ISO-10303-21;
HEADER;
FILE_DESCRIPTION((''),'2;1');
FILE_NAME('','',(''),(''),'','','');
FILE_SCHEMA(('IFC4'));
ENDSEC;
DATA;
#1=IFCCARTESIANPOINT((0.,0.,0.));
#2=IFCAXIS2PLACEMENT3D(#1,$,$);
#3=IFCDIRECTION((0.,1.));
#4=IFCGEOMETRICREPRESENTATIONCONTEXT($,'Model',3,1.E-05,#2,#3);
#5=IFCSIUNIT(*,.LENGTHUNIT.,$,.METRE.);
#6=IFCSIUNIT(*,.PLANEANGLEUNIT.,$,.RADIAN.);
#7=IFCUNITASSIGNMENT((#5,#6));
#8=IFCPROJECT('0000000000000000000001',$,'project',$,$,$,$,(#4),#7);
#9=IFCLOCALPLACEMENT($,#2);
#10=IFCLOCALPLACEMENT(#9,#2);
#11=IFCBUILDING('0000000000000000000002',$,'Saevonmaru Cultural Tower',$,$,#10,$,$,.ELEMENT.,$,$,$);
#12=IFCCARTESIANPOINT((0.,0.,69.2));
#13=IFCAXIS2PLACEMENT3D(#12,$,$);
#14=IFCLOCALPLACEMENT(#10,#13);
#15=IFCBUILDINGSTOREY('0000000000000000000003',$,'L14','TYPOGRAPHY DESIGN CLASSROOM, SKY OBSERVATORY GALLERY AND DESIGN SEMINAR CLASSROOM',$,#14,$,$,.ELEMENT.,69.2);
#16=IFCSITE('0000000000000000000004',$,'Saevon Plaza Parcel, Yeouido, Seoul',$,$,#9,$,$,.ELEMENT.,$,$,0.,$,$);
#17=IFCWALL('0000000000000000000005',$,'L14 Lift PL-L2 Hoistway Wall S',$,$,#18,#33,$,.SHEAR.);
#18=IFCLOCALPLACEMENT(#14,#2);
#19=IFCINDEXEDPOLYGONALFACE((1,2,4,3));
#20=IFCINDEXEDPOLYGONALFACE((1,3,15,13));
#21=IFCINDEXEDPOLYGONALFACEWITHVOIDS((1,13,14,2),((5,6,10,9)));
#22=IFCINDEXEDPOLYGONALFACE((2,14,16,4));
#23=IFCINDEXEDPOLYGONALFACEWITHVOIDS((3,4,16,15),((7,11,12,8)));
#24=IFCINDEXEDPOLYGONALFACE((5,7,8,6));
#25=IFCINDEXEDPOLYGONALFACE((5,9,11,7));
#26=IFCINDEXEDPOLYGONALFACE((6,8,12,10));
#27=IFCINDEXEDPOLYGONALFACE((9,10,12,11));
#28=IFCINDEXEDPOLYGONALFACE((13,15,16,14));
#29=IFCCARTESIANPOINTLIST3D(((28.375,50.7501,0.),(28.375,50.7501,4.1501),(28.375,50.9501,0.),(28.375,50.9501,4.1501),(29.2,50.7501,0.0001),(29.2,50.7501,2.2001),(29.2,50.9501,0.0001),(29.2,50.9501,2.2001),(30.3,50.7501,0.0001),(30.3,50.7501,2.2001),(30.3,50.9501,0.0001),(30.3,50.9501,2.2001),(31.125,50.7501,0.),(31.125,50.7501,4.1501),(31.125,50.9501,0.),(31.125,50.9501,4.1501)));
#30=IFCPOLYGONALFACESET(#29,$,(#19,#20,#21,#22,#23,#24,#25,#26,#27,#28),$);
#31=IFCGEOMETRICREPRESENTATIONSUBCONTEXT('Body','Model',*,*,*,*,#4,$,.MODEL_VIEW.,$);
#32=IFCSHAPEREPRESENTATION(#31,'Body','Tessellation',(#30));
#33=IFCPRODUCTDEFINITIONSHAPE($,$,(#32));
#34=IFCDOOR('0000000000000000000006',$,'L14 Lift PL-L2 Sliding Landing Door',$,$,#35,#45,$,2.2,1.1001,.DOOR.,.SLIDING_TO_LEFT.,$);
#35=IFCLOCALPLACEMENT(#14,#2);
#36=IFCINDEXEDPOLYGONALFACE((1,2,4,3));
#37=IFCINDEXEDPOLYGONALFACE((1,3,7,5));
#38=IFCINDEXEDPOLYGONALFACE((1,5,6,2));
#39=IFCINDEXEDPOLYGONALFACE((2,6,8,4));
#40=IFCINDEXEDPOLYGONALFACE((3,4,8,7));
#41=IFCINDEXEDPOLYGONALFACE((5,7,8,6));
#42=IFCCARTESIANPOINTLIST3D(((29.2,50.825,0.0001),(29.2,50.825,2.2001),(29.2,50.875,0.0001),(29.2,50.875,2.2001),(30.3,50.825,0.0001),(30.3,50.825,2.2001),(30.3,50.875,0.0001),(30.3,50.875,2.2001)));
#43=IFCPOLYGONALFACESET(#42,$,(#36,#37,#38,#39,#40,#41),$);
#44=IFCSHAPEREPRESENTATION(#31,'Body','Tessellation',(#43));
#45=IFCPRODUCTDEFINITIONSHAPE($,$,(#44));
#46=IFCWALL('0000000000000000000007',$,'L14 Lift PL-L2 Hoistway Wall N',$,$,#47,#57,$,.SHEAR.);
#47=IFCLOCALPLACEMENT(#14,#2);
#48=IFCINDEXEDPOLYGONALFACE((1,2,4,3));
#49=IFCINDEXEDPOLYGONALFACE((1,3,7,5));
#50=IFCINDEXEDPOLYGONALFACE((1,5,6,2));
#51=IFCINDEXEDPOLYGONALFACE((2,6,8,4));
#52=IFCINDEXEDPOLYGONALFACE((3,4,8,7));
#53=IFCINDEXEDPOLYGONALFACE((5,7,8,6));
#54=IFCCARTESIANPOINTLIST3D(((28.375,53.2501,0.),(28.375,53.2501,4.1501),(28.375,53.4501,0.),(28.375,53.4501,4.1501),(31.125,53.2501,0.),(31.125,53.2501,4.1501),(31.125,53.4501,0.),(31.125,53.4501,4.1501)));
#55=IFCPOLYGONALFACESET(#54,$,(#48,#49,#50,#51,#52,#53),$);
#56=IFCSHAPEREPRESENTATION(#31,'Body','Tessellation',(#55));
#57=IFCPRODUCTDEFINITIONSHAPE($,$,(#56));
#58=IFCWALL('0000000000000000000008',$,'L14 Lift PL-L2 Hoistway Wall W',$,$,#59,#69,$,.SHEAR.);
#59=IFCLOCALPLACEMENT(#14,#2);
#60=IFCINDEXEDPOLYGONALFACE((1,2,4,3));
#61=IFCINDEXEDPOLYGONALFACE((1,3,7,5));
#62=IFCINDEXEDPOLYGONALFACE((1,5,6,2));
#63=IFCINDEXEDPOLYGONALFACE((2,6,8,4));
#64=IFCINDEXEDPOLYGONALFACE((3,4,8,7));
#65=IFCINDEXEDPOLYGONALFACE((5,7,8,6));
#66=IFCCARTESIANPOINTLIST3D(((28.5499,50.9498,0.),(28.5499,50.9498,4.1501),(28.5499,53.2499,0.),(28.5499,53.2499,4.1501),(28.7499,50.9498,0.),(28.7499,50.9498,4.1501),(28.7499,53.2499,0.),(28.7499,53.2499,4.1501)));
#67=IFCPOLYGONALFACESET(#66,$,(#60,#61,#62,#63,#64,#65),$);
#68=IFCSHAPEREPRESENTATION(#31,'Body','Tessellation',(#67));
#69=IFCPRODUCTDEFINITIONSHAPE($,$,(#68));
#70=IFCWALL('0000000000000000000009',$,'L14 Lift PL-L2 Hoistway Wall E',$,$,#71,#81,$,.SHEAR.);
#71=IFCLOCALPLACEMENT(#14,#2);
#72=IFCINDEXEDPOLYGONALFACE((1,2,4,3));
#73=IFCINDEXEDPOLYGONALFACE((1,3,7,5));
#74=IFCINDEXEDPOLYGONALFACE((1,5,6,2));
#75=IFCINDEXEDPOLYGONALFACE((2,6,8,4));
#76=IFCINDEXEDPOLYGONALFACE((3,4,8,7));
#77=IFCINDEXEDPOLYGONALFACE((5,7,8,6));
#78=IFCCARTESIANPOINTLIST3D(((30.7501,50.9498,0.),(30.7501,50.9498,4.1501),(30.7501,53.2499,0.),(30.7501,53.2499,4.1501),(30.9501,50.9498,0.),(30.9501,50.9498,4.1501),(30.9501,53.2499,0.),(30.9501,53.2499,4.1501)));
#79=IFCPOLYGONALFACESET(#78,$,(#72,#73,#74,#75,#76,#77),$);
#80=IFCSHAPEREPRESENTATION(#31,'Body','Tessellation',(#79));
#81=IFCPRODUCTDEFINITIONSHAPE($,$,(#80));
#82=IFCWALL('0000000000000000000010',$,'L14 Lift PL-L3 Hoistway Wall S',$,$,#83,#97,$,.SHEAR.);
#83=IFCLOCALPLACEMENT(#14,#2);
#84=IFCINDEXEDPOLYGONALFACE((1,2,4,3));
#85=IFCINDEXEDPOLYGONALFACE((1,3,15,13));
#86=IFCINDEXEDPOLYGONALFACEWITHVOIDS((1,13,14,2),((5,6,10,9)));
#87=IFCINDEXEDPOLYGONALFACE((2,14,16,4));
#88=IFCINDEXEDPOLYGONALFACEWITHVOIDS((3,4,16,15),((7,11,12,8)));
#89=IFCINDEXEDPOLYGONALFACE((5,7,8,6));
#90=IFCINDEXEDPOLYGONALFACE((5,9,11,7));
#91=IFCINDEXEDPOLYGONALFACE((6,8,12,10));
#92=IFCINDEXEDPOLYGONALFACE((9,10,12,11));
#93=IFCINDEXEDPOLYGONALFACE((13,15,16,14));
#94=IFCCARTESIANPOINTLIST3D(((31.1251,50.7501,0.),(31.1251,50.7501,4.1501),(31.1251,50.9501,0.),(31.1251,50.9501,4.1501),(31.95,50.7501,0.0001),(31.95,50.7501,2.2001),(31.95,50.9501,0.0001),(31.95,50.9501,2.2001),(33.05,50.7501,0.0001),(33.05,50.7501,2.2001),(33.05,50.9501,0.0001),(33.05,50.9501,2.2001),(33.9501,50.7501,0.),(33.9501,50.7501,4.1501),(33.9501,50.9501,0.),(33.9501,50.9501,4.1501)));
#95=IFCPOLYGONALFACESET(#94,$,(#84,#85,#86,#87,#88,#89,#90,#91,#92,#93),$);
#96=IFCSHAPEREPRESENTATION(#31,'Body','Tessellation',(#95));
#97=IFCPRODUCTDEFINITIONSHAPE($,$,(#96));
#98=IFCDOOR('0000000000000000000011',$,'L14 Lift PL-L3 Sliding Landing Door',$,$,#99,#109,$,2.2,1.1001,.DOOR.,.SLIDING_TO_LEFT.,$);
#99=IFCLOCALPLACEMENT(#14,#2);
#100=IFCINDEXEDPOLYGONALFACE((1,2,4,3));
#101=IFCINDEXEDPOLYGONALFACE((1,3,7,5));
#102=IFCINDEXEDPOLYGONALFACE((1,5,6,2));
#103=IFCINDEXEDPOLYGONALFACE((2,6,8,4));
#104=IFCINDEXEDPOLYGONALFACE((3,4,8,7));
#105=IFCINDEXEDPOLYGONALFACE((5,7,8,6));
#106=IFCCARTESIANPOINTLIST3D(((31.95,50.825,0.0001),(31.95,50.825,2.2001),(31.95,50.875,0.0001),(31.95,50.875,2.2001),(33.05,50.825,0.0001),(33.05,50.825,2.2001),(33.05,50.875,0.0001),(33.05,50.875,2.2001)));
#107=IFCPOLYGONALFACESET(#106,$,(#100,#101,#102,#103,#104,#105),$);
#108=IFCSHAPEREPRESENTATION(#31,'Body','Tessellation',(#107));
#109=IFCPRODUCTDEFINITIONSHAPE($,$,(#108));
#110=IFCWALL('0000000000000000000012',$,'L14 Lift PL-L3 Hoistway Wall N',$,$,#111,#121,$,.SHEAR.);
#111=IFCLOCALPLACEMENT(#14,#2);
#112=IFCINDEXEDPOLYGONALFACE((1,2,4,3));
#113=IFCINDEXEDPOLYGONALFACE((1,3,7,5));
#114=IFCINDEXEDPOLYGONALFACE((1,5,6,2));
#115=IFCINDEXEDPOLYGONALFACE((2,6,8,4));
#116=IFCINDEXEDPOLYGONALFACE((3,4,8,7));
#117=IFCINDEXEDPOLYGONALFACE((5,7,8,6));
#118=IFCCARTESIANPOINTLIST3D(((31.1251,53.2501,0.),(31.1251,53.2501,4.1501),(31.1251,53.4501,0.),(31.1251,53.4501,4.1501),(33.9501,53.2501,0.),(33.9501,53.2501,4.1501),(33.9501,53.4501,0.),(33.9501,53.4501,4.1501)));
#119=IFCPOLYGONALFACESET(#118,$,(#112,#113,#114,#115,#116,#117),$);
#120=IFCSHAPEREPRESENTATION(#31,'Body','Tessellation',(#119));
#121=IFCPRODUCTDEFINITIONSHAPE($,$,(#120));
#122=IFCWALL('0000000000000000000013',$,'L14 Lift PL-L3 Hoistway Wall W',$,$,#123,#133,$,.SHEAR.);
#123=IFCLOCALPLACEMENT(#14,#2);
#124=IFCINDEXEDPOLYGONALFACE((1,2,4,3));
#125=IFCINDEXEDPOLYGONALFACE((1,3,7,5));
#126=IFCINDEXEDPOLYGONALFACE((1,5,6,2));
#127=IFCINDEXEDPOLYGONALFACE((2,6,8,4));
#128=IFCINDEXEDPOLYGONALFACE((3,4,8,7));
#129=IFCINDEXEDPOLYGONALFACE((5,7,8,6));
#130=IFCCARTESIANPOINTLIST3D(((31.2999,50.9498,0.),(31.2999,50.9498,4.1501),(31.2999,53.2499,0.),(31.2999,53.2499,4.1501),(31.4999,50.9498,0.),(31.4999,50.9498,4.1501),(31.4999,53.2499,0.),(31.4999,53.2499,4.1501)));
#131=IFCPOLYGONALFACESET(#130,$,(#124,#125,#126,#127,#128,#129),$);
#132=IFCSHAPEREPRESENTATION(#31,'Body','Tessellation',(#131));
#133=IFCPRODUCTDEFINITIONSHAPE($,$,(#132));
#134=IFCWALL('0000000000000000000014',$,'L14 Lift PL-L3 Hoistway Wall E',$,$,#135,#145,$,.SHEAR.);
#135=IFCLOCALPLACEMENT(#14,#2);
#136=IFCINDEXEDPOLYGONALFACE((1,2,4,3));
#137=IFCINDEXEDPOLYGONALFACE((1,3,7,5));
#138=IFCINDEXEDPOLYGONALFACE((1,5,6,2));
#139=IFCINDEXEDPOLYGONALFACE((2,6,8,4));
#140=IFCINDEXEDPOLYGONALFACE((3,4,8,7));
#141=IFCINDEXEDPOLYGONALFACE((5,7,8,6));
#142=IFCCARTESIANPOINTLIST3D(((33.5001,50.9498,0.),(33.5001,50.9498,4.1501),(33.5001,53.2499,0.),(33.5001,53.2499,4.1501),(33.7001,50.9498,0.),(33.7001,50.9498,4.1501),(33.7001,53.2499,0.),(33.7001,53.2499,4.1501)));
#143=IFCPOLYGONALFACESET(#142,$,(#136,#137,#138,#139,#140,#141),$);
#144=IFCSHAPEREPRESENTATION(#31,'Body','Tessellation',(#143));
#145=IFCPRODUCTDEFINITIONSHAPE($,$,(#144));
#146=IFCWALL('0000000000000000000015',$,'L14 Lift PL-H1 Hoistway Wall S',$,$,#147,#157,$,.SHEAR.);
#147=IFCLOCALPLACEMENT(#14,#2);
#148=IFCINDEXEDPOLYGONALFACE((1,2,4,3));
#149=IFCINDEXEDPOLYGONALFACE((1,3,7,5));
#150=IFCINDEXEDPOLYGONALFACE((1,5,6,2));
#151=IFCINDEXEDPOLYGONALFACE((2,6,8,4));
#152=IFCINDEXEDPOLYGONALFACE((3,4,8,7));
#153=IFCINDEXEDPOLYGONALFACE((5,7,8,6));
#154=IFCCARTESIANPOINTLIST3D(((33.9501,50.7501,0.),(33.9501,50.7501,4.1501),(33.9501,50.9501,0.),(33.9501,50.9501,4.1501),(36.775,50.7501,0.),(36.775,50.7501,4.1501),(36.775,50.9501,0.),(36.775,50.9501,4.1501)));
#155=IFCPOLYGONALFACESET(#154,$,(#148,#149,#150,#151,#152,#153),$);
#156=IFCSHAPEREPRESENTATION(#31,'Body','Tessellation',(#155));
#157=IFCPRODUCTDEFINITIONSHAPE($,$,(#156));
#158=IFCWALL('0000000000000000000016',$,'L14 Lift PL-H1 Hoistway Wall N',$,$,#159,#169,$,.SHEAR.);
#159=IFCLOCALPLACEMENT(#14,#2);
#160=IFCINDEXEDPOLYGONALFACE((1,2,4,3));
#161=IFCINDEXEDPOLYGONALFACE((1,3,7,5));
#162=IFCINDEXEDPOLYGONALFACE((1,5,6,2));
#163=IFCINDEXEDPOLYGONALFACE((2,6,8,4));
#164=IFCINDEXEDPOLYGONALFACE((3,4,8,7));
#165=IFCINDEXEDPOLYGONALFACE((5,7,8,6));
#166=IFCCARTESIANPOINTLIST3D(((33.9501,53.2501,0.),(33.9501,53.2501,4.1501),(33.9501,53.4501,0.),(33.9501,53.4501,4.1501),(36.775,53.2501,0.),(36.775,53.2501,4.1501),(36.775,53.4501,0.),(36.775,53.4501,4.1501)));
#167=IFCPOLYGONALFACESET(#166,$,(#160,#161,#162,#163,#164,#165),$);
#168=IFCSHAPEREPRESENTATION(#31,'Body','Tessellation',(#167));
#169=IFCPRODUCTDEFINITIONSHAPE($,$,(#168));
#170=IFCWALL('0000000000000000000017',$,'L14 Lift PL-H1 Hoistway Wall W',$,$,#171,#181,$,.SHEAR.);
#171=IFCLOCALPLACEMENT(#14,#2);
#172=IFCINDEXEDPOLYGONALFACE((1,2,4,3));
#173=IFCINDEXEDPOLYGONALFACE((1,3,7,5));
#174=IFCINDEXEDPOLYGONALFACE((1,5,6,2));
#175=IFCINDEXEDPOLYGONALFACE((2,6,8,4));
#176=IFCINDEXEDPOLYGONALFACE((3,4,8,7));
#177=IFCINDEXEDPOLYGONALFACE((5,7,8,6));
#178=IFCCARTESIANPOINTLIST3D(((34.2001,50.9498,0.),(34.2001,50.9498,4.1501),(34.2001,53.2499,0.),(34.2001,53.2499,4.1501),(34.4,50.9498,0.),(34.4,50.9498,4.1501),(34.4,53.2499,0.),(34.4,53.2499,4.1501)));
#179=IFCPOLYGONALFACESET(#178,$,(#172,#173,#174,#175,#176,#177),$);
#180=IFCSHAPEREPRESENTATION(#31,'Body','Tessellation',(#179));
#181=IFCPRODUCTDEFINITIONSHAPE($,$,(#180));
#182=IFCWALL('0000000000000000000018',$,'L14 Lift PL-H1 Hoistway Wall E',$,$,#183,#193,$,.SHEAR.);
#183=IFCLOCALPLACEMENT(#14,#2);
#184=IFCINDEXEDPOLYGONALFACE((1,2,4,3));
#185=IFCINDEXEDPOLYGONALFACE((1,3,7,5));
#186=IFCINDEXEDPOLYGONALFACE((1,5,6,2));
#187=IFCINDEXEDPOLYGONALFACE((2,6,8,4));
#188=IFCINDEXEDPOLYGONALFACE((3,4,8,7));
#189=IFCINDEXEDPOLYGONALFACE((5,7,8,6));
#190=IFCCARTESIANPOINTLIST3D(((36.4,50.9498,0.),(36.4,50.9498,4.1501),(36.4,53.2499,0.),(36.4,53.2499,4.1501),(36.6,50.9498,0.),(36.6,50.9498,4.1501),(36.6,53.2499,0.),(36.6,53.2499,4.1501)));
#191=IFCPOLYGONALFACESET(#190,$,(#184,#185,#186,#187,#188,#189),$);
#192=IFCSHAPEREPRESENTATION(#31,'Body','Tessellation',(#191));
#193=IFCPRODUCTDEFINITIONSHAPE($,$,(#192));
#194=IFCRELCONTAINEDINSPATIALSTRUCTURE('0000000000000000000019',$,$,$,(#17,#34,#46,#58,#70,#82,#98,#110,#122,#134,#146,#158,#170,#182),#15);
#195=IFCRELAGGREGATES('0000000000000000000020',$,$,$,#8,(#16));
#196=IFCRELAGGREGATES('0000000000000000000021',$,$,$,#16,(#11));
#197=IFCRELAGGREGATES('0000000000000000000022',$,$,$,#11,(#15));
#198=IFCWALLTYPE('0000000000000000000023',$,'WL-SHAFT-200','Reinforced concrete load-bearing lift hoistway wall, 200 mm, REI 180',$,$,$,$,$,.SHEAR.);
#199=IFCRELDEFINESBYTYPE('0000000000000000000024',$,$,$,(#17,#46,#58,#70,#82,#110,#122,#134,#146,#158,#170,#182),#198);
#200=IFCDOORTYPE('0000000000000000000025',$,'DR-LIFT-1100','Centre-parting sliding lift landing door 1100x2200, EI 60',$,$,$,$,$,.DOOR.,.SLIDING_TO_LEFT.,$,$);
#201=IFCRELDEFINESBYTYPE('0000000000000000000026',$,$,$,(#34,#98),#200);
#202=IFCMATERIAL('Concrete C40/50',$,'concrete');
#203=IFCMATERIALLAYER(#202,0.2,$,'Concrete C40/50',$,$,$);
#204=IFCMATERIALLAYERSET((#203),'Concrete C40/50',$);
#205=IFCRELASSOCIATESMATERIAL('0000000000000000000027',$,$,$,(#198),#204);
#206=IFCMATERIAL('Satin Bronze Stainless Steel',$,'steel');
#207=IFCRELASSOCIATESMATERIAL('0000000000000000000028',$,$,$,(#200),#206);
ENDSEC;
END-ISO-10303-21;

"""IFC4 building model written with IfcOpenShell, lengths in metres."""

from ifc_helpers import new_model, si_unit, direction, frame, frame_2d, origin, place, context, subcontext, project, spatial, rectangle, extrude, material, layer, layer_set, type_object, element, fill, save


model = new_model("IFC4")

# Units and contexts
model_context = context("Model", 3, precision=1e-05, world=origin(), true_north=direction((0.0, 1.0)))
body_context = subcontext(model_context, "Body", "Model", "MODEL_VIEW")
ifc_project = project(units=[si_unit("LENGTHUNIT", "METRE"), si_unit("PLANEANGLEUNIT", "RADIAN")], contexts=[model_context])

# Site, building, storey
site_placement = place(None, origin())
site = spatial("IfcSite", under=ifc_project, at=site_placement, Name="Saevon Plaza Parcel, Yeouido, Seoul", CompositionType="ELEMENT", RefElevation=0.0)
building_placement = place(site_placement, origin())
building = spatial("IfcBuilding", under=site, at=building_placement, Name="Saevonmaru Cultural Tower", CompositionType="ELEMENT")
storey_placement = place(building_placement, frame((0.0, 0.0, 69.2)))
storey = spatial("IfcBuildingStorey", under=building, at=storey_placement, Name="L14", Description="TYPOGRAPHY DESIGN CLASSROOM, SKY OBSERVATORY GALLERY AND DESIGN SEMINAR CLASSROOM", CompositionType="ELEMENT", Elevation=69.2)

# Shared definitions
ifc_material_1 = material(Name="Concrete C40/50", Category="concrete")
ifc_layer_1 = layer(ifc_material_1, 0.2, Name="Concrete C40/50")
ifc_layer_set_1 = layer_set([ifc_layer_1], Name="Concrete C40/50")
wall_type_1 = type_object("IfcWallType", Name="WL-SHAFT-200", Description="Reinforced concrete load-bearing lift hoistway wall, 200 mm, REI 180", PredefinedType="SHEAR", material=ifc_layer_set_1)

# Wall, opening, door
wall_1_placement = place(storey_placement, frame((28.375, 50.8501, 0.0), z_axis=(0.0, 0.0, 1.0), x_axis=(1.0, 0.0, 0.0)))
wall_1 = element("IfcWall", 1, at=wall_1_placement, inside=storey, type_object=wall_type_1, Name="L14 Lift PL-L2 Hoistway Wall S", PredefinedType="SHEAR", context=body_context, shape_type="SweptSolid", body=[
    extrude(rectangle(XDim=2.75, YDim=0.2, at=frame_2d((1.375, 0.0))), origin(), (0.0, 0.0, 1.0), 4.1501),
])
opening_1_placement = place(wall_1_placement, frame((0.825, 0.0, 0.0)))
opening_1 = element("IfcOpeningElement", 2, at=opening_1_placement, cuts=wall_1, PredefinedType="OPENING", context=body_context, shape_type="SweptSolid", body=[
    extrude(rectangle(XDim=1.1001, YDim=2.2, at=frame_2d((0.55, 1.1001))), frame((0.0, 0.1099, 0.0), z_axis=(0.0, -1.0, 0.0), x_axis=(1.0, 0.0, 0.0)), (0.0, 0.0, 1.0), 0.22),
])
ifc_material_2 = material(Name="Satin Bronze Stainless Steel", Category="steel")
door_type_1 = type_object("IfcDoorType", Name="DR-LIFT-1100", Description="Centre-parting sliding lift landing door 1100x2200, EI 60", OperationType="SLIDING_TO_LEFT", PredefinedType="DOOR", material=ifc_material_2)
door_1_placement = place(opening_1_placement, origin())
door_1 = element("IfcDoor", 3, at=door_1_placement, inside=storey, type_object=door_type_1, Name="L14 Lift PL-L2 Sliding Landing Door", OperationType="SLIDING_TO_LEFT", OverallHeight=2.2, OverallWidth=1.1001, PredefinedType="DOOR", context=body_context, shape_type="SweptSolid", body=[
    extrude(rectangle(XDim=1.1001, YDim=2.2, at=frame_2d((0.55, 1.1001))), frame((0.0, 0.0249, 0.0), z_axis=(0.0, -1.0, 0.0), x_axis=(1.0, 0.0, 0.0)), (0.0, 0.0, 1.0), 0.05),
])
fill(opening_1, door_1)

# Walls
wall_2_placement = place(storey_placement, frame((28.375, 53.3501, 0.0), z_axis=(0.0, 0.0, 1.0), x_axis=(1.0, 0.0, 0.0)))
element("IfcWall", 4, at=wall_2_placement, inside=storey, type_object=wall_type_1, Name="L14 Lift PL-L2 Hoistway Wall N", PredefinedType="SHEAR", context=body_context, shape_type="SweptSolid", body=[
    extrude(rectangle(XDim=2.75, YDim=0.2, at=frame_2d((1.375, 0.0))), origin(), (0.0, 0.0, 1.0), 4.1501),
])
for number, where, z_axis, x_axis, name in (
    (5, (28.6499, 50.95, 0.0), (0.0, 0.0, 1.0), (0.0, 1.0, 0.0), "L14 Lift PL-L2 Hoistway Wall W"),
    (6, (30.8501, 50.95, 0.0), (0.0, 0.0, 1.0), (0.0, 1.0, 0.0), "L14 Lift PL-L2 Hoistway Wall E"),
):
    element("IfcWall", number, at=place(storey_placement, frame(where, z_axis=z_axis, x_axis=x_axis)), inside=storey, type_object=wall_type_1, Name=name, PredefinedType="SHEAR", context=body_context, shape_type="SweptSolid", body=[
        extrude(rectangle(XDim=2.3, YDim=0.2, at=frame_2d((1.1499, 0.0))), origin(), (0.0, 0.0, 1.0), 4.1501),
    ])

# Wall, opening, door
wall_3_placement = place(storey_placement, frame((31.125, 50.8501, 0.0), z_axis=(0.0, 0.0, 1.0), x_axis=(1.0, 0.0, 0.0)))
wall_3 = element("IfcWall", 7, at=wall_3_placement, inside=storey, type_object=wall_type_1, Name="L14 Lift PL-L3 Hoistway Wall S", PredefinedType="SHEAR", context=body_context, shape_type="SweptSolid", body=[
    extrude(rectangle(XDim=2.825, YDim=0.2, at=frame_2d((1.4126, 0.0))), origin(), (0.0, 0.0, 1.0), 4.1501),
])
opening_2_placement = place(wall_3_placement, frame((0.825, 0.0, 0.0)))
opening_2 = element("IfcOpeningElement", 8, at=opening_2_placement, cuts=wall_3, PredefinedType="OPENING", context=body_context, shape_type="SweptSolid", body=[
    extrude(rectangle(XDim=1.1001, YDim=2.2, at=frame_2d((0.55, 1.1001))), frame((0.0, 0.1099, 0.0), z_axis=(0.0, -1.0, 0.0), x_axis=(1.0, 0.0, 0.0)), (0.0, 0.0, 1.0), 0.22),
])
door_2_placement = place(opening_2_placement, origin())
door_2 = element("IfcDoor", 9, at=door_2_placement, inside=storey, type_object=door_type_1, Name="L14 Lift PL-L3 Sliding Landing Door", OperationType="SLIDING_TO_LEFT", OverallHeight=2.2, OverallWidth=1.1001, PredefinedType="DOOR", context=body_context, shape_type="SweptSolid", body=[
    extrude(rectangle(XDim=1.1001, YDim=2.2, at=frame_2d((0.55, 1.1001))), frame((0.0, 0.0249, 0.0), z_axis=(0.0, -1.0, 0.0), x_axis=(1.0, 0.0, 0.0)), (0.0, 0.0, 1.0), 0.05),
])
fill(opening_2, door_2)

# Walls
wall_4_placement = place(storey_placement, frame((31.125, 53.3501, 0.0), z_axis=(0.0, 0.0, 1.0), x_axis=(1.0, 0.0, 0.0)))
element("IfcWall", 10, at=wall_4_placement, inside=storey, type_object=wall_type_1, Name="L14 Lift PL-L3 Hoistway Wall N", PredefinedType="SHEAR", context=body_context, shape_type="SweptSolid", body=[
    extrude(rectangle(XDim=2.825, YDim=0.2, at=frame_2d((1.4126, 0.0))), origin(), (0.0, 0.0, 1.0), 4.1501),
])
for number, where, z_axis, x_axis, name in (
    (11, (31.3999, 50.95, 0.0), (0.0, 0.0, 1.0), (0.0, 1.0, 0.0), "L14 Lift PL-L3 Hoistway Wall W"),
    (12, (33.6001, 50.95, 0.0), (0.0, 0.0, 1.0), (0.0, 1.0, 0.0), "L14 Lift PL-L3 Hoistway Wall E"),
):
    element("IfcWall", number, at=place(storey_placement, frame(where, z_axis=z_axis, x_axis=x_axis)), inside=storey, type_object=wall_type_1, Name=name, PredefinedType="SHEAR", context=body_context, shape_type="SweptSolid", body=[
        extrude(rectangle(XDim=2.3, YDim=0.2, at=frame_2d((1.1499, 0.0))), origin(), (0.0, 0.0, 1.0), 4.1501),
    ])
for number, where, z_axis, x_axis, name in (
    (13, (33.95, 50.8501, 0.0), (0.0, 0.0, 1.0), (1.0, 0.0, 0.0), "L14 Lift PL-H1 Hoistway Wall S"),
    (14, (33.95, 53.3501, 0.0), (0.0, 0.0, 1.0), (1.0, 0.0, 0.0), "L14 Lift PL-H1 Hoistway Wall N"),
):
    element("IfcWall", number, at=place(storey_placement, frame(where, z_axis=z_axis, x_axis=x_axis)), inside=storey, type_object=wall_type_1, Name=name, PredefinedType="SHEAR", context=body_context, shape_type="SweptSolid", body=[
        extrude(rectangle(XDim=2.825, YDim=0.2, at=frame_2d((1.4126, 0.0))), origin(), (0.0, 0.0, 1.0), 4.1501),
    ])
for number, where, z_axis, x_axis, name in (
    (15, (34.3, 50.95, 0.0), (0.0, 0.0, 1.0), (0.0, 1.0, 0.0), "L14 Lift PL-H1 Hoistway Wall W"),
    (16, (36.5, 50.95, 0.0), (0.0, 0.0, 1.0), (0.0, 1.0, 0.0), "L14 Lift PL-H1 Hoistway Wall E"),
):
    element("IfcWall", number, at=place(storey_placement, frame(where, z_axis=z_axis, x_axis=x_axis)), inside=storey, type_object=wall_type_1, Name=name, PredefinedType="SHEAR", context=body_context, shape_type="SweptSolid", body=[
        extrude(rectangle(XDim=2.3, YDim=0.2, at=frame_2d((1.1499, 0.0))), origin(), (0.0, 0.0, 1.0), 4.1501),
    ])

save(model, "model.ifc")
